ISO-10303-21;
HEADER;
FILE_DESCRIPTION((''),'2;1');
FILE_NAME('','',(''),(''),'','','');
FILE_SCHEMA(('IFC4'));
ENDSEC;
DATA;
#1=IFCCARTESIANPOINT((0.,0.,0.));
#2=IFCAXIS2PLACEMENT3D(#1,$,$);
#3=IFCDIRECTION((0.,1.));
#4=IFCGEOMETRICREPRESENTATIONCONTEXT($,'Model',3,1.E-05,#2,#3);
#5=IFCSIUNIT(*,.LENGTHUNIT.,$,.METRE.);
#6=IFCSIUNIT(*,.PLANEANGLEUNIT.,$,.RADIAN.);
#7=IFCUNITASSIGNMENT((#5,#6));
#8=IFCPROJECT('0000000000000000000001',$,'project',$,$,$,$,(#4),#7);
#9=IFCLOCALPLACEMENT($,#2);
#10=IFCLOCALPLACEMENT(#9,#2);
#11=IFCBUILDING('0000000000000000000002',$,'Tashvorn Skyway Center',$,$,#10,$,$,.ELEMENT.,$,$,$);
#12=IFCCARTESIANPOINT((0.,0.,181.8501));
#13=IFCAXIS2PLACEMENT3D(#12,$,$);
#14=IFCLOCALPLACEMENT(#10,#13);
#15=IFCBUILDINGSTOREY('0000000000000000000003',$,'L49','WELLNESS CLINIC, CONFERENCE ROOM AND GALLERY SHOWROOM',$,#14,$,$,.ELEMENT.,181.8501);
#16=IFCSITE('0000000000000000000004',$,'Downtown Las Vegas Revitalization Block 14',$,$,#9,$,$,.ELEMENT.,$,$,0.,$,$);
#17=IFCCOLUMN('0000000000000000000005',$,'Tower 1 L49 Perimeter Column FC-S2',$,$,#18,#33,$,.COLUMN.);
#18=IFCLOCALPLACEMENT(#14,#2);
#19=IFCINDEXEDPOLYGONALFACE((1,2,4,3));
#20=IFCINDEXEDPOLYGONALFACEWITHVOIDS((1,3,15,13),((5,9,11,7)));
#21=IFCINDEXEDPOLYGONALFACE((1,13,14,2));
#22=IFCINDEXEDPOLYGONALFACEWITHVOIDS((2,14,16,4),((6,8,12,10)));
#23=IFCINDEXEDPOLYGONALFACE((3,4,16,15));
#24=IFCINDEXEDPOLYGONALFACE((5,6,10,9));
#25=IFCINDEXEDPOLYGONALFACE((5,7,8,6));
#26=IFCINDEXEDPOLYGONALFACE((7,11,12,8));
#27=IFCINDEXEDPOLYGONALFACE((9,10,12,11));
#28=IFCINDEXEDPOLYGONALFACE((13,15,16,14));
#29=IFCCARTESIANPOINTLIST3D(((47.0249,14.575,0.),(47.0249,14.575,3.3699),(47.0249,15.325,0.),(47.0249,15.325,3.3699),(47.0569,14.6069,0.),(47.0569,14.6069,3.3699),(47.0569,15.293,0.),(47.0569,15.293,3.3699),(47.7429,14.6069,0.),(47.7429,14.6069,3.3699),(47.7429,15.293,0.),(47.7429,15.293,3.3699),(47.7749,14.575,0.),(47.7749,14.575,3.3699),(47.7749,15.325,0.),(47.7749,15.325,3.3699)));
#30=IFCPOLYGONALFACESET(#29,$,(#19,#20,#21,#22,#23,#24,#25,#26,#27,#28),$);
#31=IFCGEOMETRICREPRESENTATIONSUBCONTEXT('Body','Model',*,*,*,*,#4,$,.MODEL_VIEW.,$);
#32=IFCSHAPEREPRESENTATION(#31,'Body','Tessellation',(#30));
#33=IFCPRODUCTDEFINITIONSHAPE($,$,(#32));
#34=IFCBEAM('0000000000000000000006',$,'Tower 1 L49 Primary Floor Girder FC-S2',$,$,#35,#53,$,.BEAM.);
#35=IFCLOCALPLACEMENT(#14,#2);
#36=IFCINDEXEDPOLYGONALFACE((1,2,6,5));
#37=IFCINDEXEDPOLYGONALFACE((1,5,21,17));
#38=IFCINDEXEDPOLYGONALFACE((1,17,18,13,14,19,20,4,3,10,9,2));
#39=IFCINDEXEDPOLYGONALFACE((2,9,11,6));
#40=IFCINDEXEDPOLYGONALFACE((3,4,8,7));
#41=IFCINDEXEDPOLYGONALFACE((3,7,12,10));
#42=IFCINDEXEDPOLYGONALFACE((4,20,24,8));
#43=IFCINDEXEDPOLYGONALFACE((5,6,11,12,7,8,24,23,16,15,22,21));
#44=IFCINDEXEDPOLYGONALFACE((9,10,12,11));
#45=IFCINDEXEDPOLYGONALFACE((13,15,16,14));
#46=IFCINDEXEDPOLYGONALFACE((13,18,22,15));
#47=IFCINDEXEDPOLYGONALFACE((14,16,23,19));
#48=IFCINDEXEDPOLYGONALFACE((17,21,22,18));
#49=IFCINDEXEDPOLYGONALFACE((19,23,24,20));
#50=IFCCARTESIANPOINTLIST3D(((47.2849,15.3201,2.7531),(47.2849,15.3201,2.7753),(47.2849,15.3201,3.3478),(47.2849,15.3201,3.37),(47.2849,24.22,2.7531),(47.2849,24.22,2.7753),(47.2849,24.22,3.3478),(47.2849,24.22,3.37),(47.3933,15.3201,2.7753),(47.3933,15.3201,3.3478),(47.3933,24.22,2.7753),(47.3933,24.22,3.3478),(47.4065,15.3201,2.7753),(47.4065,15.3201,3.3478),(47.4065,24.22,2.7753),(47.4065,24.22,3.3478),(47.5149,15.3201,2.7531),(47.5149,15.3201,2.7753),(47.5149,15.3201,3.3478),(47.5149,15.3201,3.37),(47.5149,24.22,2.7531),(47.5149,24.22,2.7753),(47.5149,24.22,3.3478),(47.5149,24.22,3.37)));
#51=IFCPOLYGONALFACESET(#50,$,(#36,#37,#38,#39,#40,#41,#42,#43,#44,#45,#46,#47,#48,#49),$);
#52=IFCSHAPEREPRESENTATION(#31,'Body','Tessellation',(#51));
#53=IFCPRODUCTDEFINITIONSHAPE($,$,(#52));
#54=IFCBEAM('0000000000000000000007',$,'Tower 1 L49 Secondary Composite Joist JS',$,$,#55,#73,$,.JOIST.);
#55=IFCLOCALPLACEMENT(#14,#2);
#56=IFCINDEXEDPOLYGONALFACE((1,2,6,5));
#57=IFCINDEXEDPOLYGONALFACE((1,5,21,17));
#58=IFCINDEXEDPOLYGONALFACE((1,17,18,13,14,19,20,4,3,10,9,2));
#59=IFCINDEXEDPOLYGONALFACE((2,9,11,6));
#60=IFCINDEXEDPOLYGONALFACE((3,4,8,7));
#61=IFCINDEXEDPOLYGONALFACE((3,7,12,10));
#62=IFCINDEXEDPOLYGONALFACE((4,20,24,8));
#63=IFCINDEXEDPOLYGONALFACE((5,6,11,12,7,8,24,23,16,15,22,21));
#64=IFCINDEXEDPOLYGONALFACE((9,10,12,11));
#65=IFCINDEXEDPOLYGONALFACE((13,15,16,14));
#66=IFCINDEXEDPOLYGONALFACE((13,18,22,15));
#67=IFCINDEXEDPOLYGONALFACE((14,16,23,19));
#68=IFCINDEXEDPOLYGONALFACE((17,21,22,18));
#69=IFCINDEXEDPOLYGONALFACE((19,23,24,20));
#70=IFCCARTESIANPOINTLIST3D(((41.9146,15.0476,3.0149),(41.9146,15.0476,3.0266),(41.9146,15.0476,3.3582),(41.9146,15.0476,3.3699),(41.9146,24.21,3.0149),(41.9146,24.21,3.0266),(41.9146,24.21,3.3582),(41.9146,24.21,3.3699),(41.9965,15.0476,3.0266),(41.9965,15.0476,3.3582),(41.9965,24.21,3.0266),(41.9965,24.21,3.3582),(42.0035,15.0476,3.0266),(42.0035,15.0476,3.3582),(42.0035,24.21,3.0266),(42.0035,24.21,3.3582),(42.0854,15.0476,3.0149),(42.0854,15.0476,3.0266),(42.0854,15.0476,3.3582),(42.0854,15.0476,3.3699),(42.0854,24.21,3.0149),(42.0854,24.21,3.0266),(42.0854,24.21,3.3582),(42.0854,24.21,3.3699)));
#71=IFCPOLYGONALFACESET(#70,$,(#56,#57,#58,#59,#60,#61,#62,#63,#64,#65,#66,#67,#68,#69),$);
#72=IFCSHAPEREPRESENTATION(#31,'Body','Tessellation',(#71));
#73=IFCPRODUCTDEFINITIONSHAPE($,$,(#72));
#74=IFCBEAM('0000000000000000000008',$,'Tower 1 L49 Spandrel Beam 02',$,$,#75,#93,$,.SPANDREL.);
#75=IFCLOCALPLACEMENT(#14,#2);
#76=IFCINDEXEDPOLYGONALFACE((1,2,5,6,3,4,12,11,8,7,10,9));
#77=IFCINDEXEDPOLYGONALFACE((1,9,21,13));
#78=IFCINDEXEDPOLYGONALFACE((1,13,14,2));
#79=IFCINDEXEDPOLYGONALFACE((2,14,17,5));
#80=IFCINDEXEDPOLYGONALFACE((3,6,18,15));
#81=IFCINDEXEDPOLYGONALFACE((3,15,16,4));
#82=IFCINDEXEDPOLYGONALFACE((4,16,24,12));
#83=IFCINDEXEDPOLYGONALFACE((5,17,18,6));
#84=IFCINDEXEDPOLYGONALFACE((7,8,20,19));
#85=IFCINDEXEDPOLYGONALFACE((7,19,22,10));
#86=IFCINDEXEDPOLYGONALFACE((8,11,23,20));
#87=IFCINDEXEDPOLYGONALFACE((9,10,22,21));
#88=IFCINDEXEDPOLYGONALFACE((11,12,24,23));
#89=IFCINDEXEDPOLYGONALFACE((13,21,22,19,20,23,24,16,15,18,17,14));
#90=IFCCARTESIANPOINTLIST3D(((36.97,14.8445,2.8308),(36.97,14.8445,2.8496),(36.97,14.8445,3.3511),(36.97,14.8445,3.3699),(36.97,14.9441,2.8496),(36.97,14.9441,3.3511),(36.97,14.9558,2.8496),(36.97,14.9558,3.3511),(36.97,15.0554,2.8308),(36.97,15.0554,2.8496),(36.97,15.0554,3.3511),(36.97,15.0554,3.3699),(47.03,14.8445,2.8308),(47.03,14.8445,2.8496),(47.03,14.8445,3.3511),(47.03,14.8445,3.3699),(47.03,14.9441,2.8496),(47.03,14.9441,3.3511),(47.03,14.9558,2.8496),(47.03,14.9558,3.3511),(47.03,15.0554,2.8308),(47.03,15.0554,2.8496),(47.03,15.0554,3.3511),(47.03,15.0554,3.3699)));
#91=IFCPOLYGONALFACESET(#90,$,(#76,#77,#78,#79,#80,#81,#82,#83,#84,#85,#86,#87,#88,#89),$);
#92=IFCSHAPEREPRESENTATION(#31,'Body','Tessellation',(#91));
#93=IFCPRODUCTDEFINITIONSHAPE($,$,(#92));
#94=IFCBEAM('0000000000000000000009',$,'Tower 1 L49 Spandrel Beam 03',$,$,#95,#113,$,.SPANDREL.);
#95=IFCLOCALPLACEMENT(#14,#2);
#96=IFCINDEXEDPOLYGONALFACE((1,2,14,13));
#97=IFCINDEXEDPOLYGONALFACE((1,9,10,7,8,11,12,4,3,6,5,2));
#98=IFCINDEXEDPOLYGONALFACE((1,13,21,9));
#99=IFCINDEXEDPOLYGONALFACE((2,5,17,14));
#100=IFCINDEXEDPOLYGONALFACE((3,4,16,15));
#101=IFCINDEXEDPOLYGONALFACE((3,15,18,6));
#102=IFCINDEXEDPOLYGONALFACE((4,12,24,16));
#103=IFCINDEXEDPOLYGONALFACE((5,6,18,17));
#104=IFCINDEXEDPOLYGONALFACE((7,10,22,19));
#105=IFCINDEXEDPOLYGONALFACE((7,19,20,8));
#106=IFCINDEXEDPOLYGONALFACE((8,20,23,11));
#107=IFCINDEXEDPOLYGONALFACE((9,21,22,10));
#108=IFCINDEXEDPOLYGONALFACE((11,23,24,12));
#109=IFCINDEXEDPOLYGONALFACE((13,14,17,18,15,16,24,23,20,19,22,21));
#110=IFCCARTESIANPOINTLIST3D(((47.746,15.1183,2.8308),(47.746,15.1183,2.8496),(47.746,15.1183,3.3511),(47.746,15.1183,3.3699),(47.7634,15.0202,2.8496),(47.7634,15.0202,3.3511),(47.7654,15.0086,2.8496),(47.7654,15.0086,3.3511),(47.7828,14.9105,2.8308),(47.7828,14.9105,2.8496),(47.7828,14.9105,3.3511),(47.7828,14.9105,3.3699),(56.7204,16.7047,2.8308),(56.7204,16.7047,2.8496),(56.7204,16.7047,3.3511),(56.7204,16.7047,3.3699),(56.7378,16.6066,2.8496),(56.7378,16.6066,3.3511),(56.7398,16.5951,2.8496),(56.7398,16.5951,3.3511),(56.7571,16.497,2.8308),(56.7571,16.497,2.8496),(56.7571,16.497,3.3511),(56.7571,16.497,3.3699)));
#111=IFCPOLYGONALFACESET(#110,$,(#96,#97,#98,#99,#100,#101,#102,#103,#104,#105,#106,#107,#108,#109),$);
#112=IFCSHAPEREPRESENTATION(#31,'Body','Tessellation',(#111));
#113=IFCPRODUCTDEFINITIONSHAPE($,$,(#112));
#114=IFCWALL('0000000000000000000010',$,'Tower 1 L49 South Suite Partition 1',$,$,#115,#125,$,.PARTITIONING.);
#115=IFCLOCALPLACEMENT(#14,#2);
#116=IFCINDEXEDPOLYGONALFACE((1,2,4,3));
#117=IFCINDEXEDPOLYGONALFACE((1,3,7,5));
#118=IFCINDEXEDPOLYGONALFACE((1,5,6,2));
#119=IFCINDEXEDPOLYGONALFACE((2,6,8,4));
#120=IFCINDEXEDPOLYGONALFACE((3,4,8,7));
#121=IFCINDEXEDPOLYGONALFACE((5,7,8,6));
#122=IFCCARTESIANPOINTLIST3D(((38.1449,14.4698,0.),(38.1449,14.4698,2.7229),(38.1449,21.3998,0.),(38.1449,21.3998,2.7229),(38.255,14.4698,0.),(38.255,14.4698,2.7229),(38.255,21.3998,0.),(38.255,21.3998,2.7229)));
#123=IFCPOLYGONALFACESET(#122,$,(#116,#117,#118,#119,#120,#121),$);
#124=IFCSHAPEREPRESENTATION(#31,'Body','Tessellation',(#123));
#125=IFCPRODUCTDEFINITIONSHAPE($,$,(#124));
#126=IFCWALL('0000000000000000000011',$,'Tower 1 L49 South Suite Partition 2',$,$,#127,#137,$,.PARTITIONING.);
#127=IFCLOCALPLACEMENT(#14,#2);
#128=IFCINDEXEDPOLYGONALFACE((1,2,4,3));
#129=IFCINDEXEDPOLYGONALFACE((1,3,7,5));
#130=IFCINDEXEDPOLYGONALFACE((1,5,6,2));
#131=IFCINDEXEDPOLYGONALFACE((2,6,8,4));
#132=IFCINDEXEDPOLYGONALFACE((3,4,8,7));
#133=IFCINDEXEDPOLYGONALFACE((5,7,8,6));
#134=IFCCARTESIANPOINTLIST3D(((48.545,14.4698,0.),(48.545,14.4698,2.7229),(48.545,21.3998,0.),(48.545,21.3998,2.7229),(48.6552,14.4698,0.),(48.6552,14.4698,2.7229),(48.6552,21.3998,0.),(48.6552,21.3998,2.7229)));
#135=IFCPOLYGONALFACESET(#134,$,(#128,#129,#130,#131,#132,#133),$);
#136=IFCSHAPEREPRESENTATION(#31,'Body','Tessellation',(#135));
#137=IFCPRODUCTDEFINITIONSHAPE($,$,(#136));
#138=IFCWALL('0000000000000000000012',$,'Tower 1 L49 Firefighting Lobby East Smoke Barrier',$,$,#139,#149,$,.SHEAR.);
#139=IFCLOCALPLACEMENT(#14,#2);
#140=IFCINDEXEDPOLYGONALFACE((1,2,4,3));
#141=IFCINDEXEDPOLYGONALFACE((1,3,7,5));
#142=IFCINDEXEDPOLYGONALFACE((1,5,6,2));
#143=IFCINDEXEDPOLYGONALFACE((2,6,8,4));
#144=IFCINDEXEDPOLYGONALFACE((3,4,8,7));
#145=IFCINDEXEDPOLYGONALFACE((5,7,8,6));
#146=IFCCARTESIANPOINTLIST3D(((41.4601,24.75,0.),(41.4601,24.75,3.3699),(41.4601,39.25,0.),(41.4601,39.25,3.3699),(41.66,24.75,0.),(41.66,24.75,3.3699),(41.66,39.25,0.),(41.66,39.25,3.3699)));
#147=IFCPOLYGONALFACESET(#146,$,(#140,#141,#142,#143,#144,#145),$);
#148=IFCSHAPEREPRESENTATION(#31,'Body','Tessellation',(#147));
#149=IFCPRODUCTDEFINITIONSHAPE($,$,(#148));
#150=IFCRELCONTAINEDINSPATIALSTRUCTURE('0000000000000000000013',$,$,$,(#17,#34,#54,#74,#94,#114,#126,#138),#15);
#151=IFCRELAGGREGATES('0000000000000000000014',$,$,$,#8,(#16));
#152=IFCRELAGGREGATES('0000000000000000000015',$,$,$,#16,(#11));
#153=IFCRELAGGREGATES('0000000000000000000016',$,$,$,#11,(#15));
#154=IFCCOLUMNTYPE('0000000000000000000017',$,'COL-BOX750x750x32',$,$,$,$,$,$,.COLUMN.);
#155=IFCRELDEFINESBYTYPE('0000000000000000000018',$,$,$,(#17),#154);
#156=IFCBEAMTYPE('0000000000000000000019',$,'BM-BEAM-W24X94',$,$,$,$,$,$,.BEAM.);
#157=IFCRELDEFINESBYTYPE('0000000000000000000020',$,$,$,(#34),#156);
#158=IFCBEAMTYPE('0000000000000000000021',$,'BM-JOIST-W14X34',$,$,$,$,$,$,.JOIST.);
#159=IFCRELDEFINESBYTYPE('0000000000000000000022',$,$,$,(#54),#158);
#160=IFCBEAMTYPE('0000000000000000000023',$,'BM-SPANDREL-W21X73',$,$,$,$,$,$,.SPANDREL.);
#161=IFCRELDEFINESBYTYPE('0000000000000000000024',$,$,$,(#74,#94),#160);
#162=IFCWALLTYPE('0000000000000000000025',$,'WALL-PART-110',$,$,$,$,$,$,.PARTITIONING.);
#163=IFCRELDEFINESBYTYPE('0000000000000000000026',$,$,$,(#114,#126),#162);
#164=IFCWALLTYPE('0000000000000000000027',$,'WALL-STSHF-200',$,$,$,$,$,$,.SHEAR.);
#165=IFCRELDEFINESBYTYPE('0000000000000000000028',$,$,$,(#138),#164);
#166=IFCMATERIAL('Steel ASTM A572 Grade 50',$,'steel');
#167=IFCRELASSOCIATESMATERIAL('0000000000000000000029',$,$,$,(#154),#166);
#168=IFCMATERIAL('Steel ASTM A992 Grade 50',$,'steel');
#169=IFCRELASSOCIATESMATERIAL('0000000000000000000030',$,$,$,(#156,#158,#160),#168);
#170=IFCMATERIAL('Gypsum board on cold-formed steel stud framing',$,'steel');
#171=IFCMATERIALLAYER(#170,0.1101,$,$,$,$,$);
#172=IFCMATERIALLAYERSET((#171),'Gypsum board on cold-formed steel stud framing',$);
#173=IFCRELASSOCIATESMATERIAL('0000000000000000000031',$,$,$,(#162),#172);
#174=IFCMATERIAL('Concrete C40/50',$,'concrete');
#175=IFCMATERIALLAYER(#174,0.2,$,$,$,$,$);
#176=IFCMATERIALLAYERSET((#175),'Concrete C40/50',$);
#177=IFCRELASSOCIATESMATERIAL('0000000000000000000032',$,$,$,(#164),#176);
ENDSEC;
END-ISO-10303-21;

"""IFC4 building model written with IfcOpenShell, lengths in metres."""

from ifc_helpers import new_model, si_unit, direction, frame, frame_2d, origin, origin_2d, place, context, subcontext, project, spatial, rectangle, hollow_rectangle, i_section, extrude, material, layer, layer_set, material_profile, profile_set, type_object, element, save


model = new_model("IFC4")

# Units and contexts
model_context = context("Model", 3, precision=1e-05, world=origin(), true_north=direction((0.0, 1.0)))
body_context = subcontext(model_context, "Body", "Model", "MODEL_VIEW")
ifc_project = project(units=[si_unit("LENGTHUNIT", "METRE"), si_unit("PLANEANGLEUNIT", "RADIAN")], contexts=[model_context])

# Site, building, storey
site_placement = place(None, origin())
site = spatial("IfcSite", under=ifc_project, at=site_placement, Name="Downtown Las Vegas Revitalization Block 14", CompositionType="ELEMENT", RefElevation=0.0)
building_placement = place(site_placement, origin())
building = spatial("IfcBuilding", under=site, at=building_placement, Name="Tashvorn Skyway Center", CompositionType="ELEMENT")
storey_placement = place(building_placement, frame((0.0, 0.0, 181.8501)))
storey = spatial("IfcBuildingStorey", under=building, at=storey_placement, Name="L49", Description="WELLNESS CLINIC, CONFERENCE ROOM AND GALLERY SHOWROOM", CompositionType="ELEMENT", Elevation=181.8501)

# Column
ifc_material_1 = material(Name="Steel ASTM A572 Grade 50", Category="steel")
ifc_material_profile_1 = material_profile(ifc_material_1, hollow_rectangle(XDim=0.75, YDim=0.75, WallThickness=0.032, at=origin_2d()), Name="BOX750x750x32")
ifc_profile_set_1 = profile_set([ifc_material_profile_1], Name="Steel ASTM A572 Grade 50")
column_type = type_object("IfcColumnType", Name="COL-BOX750x750x32", PredefinedType="COLUMN", material=ifc_profile_set_1)
column_placement = place(storey_placement, frame((47.3999, 14.95, 0.0), z_axis=(0.0, 0.0, 1.0), x_axis=(1.0, 0.0, 0.0)))
element("IfcColumn", 1, at=column_placement, inside=storey, type_object=column_type, Name="Tower 1 L49 Perimeter Column FC-S2", PredefinedType="COLUMN", context=body_context, shape_type="SweptSolid", body=[
    extrude(hollow_rectangle(XDim=0.75, YDim=0.75, WallThickness=0.032, at=origin_2d()), origin(), (0.0, 0.0, 1.0), 3.3699),
])

# Beams
ifc_material_2 = material(Name="Steel ASTM A992 Grade 50", Category="steel")
ifc_material_profile_2 = material_profile(ifc_material_2, i_section(OverallWidth=0.23, OverallDepth=0.6169, WebThickness=0.0132, FlangeThickness=0.0222, at=origin_2d()), Name="W24X94")
ifc_profile_set_2 = profile_set([ifc_material_profile_2], Name="Steel ASTM A992 Grade 50")
beam_type_1 = type_object("IfcBeamType", Name="BM-BEAM-W24X94", PredefinedType="BEAM", material=ifc_profile_set_2)
beam_1_placement = place(storey_placement, frame((47.3999, 15.3201, 3.0615), z_axis=(0.0, 1.0, 0.0), x_axis=(-1.0, 0.0, 0.0)))
element("IfcBeam", 2, at=beam_1_placement, inside=storey, type_object=beam_type_1, Name="Tower 1 L49 Primary Floor Girder FC-S2", PredefinedType="BEAM", context=body_context, shape_type="SweptSolid", body=[
    extrude(i_section(OverallWidth=0.23, OverallDepth=0.6169, WebThickness=0.0132, FlangeThickness=0.0222, at=origin_2d()), origin(), (0.0, 0.0, 1.0), 8.8999),
])
ifc_material_profile_3 = material_profile(ifc_material_2, i_section(OverallWidth=0.1709, OverallDepth=0.355, WebThickness=0.0071, FlangeThickness=0.0117, at=origin_2d()), Name="W14X34")
ifc_profile_set_3 = profile_set([ifc_material_profile_3], Name="Steel ASTM A992 Grade 50")
beam_type_2 = type_object("IfcBeamType", Name="BM-JOIST-W14X34", PredefinedType="JOIST", material=ifc_profile_set_3)
beam_2_placement = place(storey_placement, frame((42.0, 24.21, 3.1924), z_axis=(0.0, -1.0, 0.0), x_axis=(1.0, 0.0, 0.0)))
element("IfcBeam", 3, at=beam_2_placement, inside=storey, type_object=beam_type_2, Name="Tower 1 L49 Secondary Composite Joist JS", PredefinedType="JOIST", context=body_context, shape_type="SweptSolid", body=[
    extrude(i_section(OverallWidth=0.1709, OverallDepth=0.355, WebThickness=0.0071, FlangeThickness=0.0117, at=origin_2d()), origin(), (0.0, 0.0, 1.0), 9.1624),
])
ifc_material_profile_4 = material_profile(ifc_material_2, i_section(OverallWidth=0.2109, OverallDepth=0.5391, WebThickness=0.0117, FlangeThickness=0.0188, at=origin_2d()), Name="W21X73")
ifc_profile_set_4 = profile_set([ifc_material_profile_4], Name="Steel ASTM A992 Grade 50")
beam_type_3 = type_object("IfcBeamType", Name="BM-SPANDREL-W21X73", PredefinedType="SPANDREL", material=ifc_profile_set_4)
beam_3_placement = place(storey_placement, frame((36.97, 14.95, 3.1003), z_axis=(1.0, 0.0, 0.0), x_axis=(0.0, 1.0, 0.0)))
element("IfcBeam", 4, at=beam_3_placement, inside=storey, type_object=beam_type_3, Name="Tower 1 L49 Spandrel Beam 02", PredefinedType="SPANDREL", context=body_context, shape_type="SweptSolid", body=[
    extrude(i_section(OverallWidth=0.2109, OverallDepth=0.5391, WebThickness=0.0117, FlangeThickness=0.0188, at=origin_2d()), origin(), (0.0, 0.0, 1.0), 10.0601),
])
beam_4_placement = place(storey_placement, frame((47.7644, 15.0144, 3.1003), z_axis=(0.984733, 0.174074, 0.0), x_axis=(-0.174074, 0.984733, 0.0)))
element("IfcBeam", 5, at=beam_4_placement, inside=storey, type_object=beam_type_3, Name="Tower 1 L49 Spandrel Beam 03", PredefinedType="SPANDREL", context=body_context, shape_type="SweptSolid", body=[
    extrude(i_section(OverallWidth=0.2109, OverallDepth=0.5391, WebThickness=0.0117, FlangeThickness=0.0188, at=origin_2d()), origin(), (0.0, 0.0, 1.0), 9.1135),
])

# Walls
ifc_material_3 = material(Name="Gypsum board on cold-formed steel stud framing", Category="steel")
ifc_layer_1 = layer(ifc_material_3, 0.1101)
ifc_layer_set_1 = layer_set([ifc_layer_1], Name="Gypsum board on cold-formed steel stud framing")
wall_type_1 = type_object("IfcWallType", Name="WALL-PART-110", PredefinedType="PARTITIONING", material=ifc_layer_set_1)
for number, where, z_axis, x_axis, name in (
    (6, (38.2, 14.47, 0.0), (0.0, 0.0, 1.0), (0.0, 1.0, 0.0), "Tower 1 L49 South Suite Partition 1"),
    (7, (48.6001, 14.47, 0.0), (0.0, 0.0, 1.0), (0.0, 1.0, 0.0), "Tower 1 L49 South Suite Partition 2"),
):
    element("IfcWall", number, at=place(storey_placement, frame(where, z_axis=z_axis, x_axis=x_axis)), inside=storey, type_object=wall_type_1, Name=name, PredefinedType="PARTITIONING", context=body_context, shape_type="SweptSolid", body=[
        extrude(rectangle(XDim=6.9299, YDim=0.1101, at=frame_2d((3.4648, 0.0))), origin(), (0.0, 0.0, 1.0), 2.7229),
    ])
ifc_material_4 = material(Name="Concrete C40/50", Category="concrete")
ifc_layer_2 = layer(ifc_material_4, 0.2)
ifc_layer_set_2 = layer_set([ifc_layer_2], Name="Concrete C40/50")
wall_type_2 = type_object("IfcWallType", Name="WALL-STSHF-200", PredefinedType="SHEAR", material=ifc_layer_set_2)
wall_1_placement = place(storey_placement, frame((41.5601, 24.75, 0.0), z_axis=(0.0, 0.0, 1.0), x_axis=(0.0, 1.0, 0.0)))
element("IfcWall", 8, at=wall_1_placement, inside=storey, type_object=wall_type_2, Name="Tower 1 L49 Firefighting Lobby East Smoke Barrier", PredefinedType="SHEAR", context=body_context, shape_type="SweptSolid", body=[
    extrude(rectangle(XDim=14.5, YDim=0.2, at=frame_2d((7.25, 0.0))), origin(), (0.0, 0.0, 1.0), 3.3699),
])

save(model, "model.ifc")
